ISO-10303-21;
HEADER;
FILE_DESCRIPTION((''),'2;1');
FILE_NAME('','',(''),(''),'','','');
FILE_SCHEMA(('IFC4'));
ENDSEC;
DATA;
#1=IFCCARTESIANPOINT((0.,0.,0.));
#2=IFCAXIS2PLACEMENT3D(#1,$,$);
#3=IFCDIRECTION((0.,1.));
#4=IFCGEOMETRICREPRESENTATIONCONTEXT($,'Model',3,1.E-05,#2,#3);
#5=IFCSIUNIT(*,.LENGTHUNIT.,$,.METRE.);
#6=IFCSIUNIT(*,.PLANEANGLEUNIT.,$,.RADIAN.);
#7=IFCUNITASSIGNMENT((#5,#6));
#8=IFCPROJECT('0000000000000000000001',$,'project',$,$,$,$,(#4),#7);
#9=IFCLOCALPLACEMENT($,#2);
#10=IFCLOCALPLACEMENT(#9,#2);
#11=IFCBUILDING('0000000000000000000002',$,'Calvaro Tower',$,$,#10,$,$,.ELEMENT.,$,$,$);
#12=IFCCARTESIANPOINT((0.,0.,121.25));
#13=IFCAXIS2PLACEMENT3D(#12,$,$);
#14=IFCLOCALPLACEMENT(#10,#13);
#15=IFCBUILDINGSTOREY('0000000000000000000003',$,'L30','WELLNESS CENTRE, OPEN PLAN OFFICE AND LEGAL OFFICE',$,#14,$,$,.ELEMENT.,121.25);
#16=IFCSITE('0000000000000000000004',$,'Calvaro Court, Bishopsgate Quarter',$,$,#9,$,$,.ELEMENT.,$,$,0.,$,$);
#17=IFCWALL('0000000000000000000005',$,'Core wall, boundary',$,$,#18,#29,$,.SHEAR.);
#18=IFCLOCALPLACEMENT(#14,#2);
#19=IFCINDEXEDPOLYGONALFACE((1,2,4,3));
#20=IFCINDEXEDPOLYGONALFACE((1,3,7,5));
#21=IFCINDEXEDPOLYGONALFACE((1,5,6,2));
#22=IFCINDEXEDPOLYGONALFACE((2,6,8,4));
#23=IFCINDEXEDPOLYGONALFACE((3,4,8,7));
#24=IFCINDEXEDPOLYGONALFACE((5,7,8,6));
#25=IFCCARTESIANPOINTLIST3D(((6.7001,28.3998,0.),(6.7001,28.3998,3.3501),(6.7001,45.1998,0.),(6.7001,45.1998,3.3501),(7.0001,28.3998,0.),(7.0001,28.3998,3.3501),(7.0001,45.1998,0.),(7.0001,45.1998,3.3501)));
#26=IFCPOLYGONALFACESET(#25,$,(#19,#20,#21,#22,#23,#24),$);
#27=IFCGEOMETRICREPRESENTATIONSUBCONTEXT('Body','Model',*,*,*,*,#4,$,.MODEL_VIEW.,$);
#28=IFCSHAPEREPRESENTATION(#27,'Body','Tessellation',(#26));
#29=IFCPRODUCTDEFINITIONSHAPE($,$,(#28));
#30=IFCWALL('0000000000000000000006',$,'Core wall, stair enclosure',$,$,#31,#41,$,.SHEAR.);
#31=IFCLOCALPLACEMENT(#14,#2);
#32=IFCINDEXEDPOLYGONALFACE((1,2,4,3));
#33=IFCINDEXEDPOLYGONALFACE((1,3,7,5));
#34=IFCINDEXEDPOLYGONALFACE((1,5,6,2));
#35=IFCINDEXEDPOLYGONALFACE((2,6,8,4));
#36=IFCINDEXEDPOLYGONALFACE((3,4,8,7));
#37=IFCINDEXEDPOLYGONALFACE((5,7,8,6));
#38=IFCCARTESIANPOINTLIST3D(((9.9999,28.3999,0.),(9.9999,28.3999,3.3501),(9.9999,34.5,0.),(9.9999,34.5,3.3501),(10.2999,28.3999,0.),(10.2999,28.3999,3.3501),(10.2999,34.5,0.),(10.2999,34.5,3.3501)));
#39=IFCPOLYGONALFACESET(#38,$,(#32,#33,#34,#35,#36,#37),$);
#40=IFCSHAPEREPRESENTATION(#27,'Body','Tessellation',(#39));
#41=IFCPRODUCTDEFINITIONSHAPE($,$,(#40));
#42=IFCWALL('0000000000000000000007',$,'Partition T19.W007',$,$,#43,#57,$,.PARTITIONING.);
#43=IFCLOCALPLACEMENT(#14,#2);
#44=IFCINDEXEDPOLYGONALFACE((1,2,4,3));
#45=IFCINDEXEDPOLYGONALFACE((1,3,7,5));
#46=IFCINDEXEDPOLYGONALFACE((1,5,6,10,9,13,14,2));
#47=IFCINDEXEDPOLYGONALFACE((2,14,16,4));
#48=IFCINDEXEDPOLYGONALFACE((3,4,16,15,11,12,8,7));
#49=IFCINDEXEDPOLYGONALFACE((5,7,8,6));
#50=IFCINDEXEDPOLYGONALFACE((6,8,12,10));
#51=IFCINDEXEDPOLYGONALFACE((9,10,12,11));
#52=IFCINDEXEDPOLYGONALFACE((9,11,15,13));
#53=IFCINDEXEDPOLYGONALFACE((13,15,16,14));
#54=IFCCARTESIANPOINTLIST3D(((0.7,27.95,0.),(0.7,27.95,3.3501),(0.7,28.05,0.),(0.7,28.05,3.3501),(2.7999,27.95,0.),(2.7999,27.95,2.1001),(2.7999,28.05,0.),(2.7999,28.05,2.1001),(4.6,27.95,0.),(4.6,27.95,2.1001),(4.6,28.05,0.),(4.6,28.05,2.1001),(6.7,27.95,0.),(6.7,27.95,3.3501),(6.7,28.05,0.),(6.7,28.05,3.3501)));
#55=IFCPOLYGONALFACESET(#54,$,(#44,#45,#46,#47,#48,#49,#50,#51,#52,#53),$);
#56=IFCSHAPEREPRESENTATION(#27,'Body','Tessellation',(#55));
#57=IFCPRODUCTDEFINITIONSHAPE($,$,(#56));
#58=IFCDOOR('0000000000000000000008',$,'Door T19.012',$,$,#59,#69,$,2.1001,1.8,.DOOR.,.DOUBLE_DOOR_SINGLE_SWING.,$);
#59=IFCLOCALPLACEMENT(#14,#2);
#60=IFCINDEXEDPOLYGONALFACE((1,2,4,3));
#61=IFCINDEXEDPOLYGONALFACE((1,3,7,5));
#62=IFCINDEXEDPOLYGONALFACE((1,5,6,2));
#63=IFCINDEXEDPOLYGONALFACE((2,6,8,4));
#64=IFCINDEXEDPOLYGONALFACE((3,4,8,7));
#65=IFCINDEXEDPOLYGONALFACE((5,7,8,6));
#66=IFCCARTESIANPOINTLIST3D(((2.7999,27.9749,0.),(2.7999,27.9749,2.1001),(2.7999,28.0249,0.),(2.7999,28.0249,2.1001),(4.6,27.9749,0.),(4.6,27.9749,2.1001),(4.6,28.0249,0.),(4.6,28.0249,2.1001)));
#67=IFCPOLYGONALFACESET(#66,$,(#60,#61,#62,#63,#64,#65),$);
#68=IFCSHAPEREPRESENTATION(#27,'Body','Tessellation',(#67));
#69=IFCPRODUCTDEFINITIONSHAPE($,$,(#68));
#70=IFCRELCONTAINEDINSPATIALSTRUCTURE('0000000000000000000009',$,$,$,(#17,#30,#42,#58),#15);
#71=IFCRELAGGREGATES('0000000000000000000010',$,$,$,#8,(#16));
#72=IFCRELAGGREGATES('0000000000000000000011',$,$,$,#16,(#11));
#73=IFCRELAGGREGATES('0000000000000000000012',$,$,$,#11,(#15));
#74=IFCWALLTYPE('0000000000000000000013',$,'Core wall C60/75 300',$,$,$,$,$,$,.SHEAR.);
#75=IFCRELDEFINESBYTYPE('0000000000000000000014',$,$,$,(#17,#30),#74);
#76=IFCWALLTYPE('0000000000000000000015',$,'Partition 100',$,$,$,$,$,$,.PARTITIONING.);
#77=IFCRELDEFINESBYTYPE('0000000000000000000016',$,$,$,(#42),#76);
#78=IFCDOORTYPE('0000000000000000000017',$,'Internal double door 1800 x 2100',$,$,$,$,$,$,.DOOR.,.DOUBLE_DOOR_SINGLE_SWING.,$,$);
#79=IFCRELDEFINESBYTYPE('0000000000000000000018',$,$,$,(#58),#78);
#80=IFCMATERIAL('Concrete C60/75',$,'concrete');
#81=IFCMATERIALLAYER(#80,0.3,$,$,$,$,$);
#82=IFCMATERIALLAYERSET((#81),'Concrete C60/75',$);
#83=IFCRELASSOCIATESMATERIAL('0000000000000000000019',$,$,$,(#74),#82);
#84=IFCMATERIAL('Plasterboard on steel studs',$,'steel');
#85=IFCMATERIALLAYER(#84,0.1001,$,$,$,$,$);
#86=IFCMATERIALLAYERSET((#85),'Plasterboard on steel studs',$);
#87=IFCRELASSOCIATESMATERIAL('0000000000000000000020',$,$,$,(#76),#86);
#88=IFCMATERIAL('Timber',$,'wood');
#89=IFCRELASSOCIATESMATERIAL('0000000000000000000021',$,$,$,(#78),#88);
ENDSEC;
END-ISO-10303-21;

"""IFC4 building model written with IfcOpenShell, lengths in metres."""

from ifc_helpers import new_model, si_unit, direction, frame, frame_2d, origin, place, context, subcontext, project, spatial, rectangle, extrude, material, layer, layer_set, type_object, element, fill, save


model = new_model("IFC4")

# Units and contexts
model_context = context("Model", 3, precision=1e-05, world=origin(), true_north=direction((0.0, 1.0)))
body_context = subcontext(model_context, "Body", "Model", "MODEL_VIEW")
ifc_project = project(units=[si_unit("LENGTHUNIT", "METRE"), si_unit("PLANEANGLEUNIT", "RADIAN")], contexts=[model_context])

# Site, building, storey
site_placement = place(None, origin())
site = spatial("IfcSite", under=ifc_project, at=site_placement, Name="Calvaro Court, Bishopsgate Quarter", CompositionType="ELEMENT", RefElevation=0.0)
building_placement = place(site_placement, origin())
building = spatial("IfcBuilding", under=site, at=building_placement, Name="Calvaro Tower", CompositionType="ELEMENT")
storey_placement = place(building_placement, frame((0.0, 0.0, 121.25)))
storey = spatial("IfcBuildingStorey", under=building, at=storey_placement, Name="L30", Description="WELLNESS CENTRE, OPEN PLAN OFFICE AND LEGAL OFFICE", CompositionType="ELEMENT", Elevation=121.25)

# Walls
ifc_material_1 = material(Name="Concrete C60/75", Category="concrete")
ifc_layer_1 = layer(ifc_material_1, 0.3)
ifc_layer_set_1 = layer_set([ifc_layer_1], Name="Concrete C60/75")
wall_type_1 = type_object("IfcWallType", Name="Core wall C60/75 300", PredefinedType="SHEAR", material=ifc_layer_set_1)
wall_1_placement = place(storey_placement, frame((6.8501, 28.3999, 0.0), z_axis=(0.0, 0.0, 1.0), x_axis=(0.0, 1.0, 0.0)))
element("IfcWall", 1, at=wall_1_placement, inside=storey, type_object=wall_type_1, Name="Core wall, boundary", PredefinedType="SHEAR", context=body_context, shape_type="SweptSolid", body=[
    extrude(rectangle(XDim=16.8, YDim=0.3, at=frame_2d((8.3999, 0.0))), origin(), (0.0, 0.0, 1.0), 3.3501),
])
wall_2_placement = place(storey_placement, frame((10.1499, 28.3999, 0.0), z_axis=(0.0, 0.0, 1.0), x_axis=(0.0, 1.0, 0.0)))
element("IfcWall", 2, at=wall_2_placement, inside=storey, type_object=wall_type_1, Name="Core wall, stair enclosure", PredefinedType="SHEAR", context=body_context, shape_type="SweptSolid", body=[
    extrude(rectangle(XDim=6.1001, YDim=0.3, at=frame_2d((3.05, 0.0))), origin(), (0.0, 0.0, 1.0), 3.3501),
])

# Wall, opening, door
ifc_material_2 = material(Name="Plasterboard on steel studs", Category="steel")
ifc_layer_2 = layer(ifc_material_2, 0.1001)
ifc_layer_set_2 = layer_set([ifc_layer_2], Name="Plasterboard on steel studs")
wall_type_2 = type_object("IfcWallType", Name="Partition 100", PredefinedType="PARTITIONING", material=ifc_layer_set_2)
wall_3_placement = place(storey_placement, frame((0.7, 28.0, 0.0), z_axis=(0.0, 0.0, 1.0), x_axis=(1.0, 0.0, 0.0)))
wall_3 = element("IfcWall", 3, at=wall_3_placement, inside=storey, type_object=wall_type_2, Name="Partition T19.W007", PredefinedType="PARTITIONING", context=body_context, shape_type="SweptSolid", body=[
    extrude(rectangle(XDim=6.0, YDim=0.1001, at=frame_2d((3.0, 0.0))), origin(), (0.0, 0.0, 1.0), 3.3501),
])
opening_1_placement = place(wall_3_placement, frame((2.1001, 0.0, 0.0)))
opening_1 = element("IfcOpeningElement", 4, at=opening_1_placement, cuts=wall_3, PredefinedType="OPENING", context=body_context, shape_type="SweptSolid", body=[
    extrude(rectangle(XDim=1.8, YDim=2.1001, at=frame_2d((0.8999, 1.05))), frame((0.0, 0.0601, 0.0), z_axis=(0.0, -1.0, 0.0), x_axis=(1.0, 0.0, 0.0)), (0.0, 0.0, 1.0), 0.1201),
])
ifc_material_3 = material(Name="Timber", Category="wood")
door_type_1 = type_object("IfcDoorType", Name="Internal double door 1800 x 2100", OperationType="DOUBLE_DOOR_SINGLE_SWING", PredefinedType="DOOR", material=ifc_material_3)
door_1_placement = place(opening_1_placement, origin())
door_1 = element("IfcDoor", 5, at=door_1_placement, inside=storey, type_object=door_type_1, Name="Door T19.012", OperationType="DOUBLE_DOOR_SINGLE_SWING", OverallHeight=2.1001, OverallWidth=1.8, PredefinedType="DOOR", context=body_context, shape_type="SweptSolid", body=[
    extrude(rectangle(XDim=1.8, YDim=2.1001, at=frame_2d((0.8999, 1.05))), frame((0.0, 0.0249, 0.0), z_axis=(0.0, -1.0, 0.0), x_axis=(1.0, 0.0, 0.0)), (0.0, 0.0, 1.0), 0.05),
])
fill(opening_1, door_1)

save(model, "model.ifc")
